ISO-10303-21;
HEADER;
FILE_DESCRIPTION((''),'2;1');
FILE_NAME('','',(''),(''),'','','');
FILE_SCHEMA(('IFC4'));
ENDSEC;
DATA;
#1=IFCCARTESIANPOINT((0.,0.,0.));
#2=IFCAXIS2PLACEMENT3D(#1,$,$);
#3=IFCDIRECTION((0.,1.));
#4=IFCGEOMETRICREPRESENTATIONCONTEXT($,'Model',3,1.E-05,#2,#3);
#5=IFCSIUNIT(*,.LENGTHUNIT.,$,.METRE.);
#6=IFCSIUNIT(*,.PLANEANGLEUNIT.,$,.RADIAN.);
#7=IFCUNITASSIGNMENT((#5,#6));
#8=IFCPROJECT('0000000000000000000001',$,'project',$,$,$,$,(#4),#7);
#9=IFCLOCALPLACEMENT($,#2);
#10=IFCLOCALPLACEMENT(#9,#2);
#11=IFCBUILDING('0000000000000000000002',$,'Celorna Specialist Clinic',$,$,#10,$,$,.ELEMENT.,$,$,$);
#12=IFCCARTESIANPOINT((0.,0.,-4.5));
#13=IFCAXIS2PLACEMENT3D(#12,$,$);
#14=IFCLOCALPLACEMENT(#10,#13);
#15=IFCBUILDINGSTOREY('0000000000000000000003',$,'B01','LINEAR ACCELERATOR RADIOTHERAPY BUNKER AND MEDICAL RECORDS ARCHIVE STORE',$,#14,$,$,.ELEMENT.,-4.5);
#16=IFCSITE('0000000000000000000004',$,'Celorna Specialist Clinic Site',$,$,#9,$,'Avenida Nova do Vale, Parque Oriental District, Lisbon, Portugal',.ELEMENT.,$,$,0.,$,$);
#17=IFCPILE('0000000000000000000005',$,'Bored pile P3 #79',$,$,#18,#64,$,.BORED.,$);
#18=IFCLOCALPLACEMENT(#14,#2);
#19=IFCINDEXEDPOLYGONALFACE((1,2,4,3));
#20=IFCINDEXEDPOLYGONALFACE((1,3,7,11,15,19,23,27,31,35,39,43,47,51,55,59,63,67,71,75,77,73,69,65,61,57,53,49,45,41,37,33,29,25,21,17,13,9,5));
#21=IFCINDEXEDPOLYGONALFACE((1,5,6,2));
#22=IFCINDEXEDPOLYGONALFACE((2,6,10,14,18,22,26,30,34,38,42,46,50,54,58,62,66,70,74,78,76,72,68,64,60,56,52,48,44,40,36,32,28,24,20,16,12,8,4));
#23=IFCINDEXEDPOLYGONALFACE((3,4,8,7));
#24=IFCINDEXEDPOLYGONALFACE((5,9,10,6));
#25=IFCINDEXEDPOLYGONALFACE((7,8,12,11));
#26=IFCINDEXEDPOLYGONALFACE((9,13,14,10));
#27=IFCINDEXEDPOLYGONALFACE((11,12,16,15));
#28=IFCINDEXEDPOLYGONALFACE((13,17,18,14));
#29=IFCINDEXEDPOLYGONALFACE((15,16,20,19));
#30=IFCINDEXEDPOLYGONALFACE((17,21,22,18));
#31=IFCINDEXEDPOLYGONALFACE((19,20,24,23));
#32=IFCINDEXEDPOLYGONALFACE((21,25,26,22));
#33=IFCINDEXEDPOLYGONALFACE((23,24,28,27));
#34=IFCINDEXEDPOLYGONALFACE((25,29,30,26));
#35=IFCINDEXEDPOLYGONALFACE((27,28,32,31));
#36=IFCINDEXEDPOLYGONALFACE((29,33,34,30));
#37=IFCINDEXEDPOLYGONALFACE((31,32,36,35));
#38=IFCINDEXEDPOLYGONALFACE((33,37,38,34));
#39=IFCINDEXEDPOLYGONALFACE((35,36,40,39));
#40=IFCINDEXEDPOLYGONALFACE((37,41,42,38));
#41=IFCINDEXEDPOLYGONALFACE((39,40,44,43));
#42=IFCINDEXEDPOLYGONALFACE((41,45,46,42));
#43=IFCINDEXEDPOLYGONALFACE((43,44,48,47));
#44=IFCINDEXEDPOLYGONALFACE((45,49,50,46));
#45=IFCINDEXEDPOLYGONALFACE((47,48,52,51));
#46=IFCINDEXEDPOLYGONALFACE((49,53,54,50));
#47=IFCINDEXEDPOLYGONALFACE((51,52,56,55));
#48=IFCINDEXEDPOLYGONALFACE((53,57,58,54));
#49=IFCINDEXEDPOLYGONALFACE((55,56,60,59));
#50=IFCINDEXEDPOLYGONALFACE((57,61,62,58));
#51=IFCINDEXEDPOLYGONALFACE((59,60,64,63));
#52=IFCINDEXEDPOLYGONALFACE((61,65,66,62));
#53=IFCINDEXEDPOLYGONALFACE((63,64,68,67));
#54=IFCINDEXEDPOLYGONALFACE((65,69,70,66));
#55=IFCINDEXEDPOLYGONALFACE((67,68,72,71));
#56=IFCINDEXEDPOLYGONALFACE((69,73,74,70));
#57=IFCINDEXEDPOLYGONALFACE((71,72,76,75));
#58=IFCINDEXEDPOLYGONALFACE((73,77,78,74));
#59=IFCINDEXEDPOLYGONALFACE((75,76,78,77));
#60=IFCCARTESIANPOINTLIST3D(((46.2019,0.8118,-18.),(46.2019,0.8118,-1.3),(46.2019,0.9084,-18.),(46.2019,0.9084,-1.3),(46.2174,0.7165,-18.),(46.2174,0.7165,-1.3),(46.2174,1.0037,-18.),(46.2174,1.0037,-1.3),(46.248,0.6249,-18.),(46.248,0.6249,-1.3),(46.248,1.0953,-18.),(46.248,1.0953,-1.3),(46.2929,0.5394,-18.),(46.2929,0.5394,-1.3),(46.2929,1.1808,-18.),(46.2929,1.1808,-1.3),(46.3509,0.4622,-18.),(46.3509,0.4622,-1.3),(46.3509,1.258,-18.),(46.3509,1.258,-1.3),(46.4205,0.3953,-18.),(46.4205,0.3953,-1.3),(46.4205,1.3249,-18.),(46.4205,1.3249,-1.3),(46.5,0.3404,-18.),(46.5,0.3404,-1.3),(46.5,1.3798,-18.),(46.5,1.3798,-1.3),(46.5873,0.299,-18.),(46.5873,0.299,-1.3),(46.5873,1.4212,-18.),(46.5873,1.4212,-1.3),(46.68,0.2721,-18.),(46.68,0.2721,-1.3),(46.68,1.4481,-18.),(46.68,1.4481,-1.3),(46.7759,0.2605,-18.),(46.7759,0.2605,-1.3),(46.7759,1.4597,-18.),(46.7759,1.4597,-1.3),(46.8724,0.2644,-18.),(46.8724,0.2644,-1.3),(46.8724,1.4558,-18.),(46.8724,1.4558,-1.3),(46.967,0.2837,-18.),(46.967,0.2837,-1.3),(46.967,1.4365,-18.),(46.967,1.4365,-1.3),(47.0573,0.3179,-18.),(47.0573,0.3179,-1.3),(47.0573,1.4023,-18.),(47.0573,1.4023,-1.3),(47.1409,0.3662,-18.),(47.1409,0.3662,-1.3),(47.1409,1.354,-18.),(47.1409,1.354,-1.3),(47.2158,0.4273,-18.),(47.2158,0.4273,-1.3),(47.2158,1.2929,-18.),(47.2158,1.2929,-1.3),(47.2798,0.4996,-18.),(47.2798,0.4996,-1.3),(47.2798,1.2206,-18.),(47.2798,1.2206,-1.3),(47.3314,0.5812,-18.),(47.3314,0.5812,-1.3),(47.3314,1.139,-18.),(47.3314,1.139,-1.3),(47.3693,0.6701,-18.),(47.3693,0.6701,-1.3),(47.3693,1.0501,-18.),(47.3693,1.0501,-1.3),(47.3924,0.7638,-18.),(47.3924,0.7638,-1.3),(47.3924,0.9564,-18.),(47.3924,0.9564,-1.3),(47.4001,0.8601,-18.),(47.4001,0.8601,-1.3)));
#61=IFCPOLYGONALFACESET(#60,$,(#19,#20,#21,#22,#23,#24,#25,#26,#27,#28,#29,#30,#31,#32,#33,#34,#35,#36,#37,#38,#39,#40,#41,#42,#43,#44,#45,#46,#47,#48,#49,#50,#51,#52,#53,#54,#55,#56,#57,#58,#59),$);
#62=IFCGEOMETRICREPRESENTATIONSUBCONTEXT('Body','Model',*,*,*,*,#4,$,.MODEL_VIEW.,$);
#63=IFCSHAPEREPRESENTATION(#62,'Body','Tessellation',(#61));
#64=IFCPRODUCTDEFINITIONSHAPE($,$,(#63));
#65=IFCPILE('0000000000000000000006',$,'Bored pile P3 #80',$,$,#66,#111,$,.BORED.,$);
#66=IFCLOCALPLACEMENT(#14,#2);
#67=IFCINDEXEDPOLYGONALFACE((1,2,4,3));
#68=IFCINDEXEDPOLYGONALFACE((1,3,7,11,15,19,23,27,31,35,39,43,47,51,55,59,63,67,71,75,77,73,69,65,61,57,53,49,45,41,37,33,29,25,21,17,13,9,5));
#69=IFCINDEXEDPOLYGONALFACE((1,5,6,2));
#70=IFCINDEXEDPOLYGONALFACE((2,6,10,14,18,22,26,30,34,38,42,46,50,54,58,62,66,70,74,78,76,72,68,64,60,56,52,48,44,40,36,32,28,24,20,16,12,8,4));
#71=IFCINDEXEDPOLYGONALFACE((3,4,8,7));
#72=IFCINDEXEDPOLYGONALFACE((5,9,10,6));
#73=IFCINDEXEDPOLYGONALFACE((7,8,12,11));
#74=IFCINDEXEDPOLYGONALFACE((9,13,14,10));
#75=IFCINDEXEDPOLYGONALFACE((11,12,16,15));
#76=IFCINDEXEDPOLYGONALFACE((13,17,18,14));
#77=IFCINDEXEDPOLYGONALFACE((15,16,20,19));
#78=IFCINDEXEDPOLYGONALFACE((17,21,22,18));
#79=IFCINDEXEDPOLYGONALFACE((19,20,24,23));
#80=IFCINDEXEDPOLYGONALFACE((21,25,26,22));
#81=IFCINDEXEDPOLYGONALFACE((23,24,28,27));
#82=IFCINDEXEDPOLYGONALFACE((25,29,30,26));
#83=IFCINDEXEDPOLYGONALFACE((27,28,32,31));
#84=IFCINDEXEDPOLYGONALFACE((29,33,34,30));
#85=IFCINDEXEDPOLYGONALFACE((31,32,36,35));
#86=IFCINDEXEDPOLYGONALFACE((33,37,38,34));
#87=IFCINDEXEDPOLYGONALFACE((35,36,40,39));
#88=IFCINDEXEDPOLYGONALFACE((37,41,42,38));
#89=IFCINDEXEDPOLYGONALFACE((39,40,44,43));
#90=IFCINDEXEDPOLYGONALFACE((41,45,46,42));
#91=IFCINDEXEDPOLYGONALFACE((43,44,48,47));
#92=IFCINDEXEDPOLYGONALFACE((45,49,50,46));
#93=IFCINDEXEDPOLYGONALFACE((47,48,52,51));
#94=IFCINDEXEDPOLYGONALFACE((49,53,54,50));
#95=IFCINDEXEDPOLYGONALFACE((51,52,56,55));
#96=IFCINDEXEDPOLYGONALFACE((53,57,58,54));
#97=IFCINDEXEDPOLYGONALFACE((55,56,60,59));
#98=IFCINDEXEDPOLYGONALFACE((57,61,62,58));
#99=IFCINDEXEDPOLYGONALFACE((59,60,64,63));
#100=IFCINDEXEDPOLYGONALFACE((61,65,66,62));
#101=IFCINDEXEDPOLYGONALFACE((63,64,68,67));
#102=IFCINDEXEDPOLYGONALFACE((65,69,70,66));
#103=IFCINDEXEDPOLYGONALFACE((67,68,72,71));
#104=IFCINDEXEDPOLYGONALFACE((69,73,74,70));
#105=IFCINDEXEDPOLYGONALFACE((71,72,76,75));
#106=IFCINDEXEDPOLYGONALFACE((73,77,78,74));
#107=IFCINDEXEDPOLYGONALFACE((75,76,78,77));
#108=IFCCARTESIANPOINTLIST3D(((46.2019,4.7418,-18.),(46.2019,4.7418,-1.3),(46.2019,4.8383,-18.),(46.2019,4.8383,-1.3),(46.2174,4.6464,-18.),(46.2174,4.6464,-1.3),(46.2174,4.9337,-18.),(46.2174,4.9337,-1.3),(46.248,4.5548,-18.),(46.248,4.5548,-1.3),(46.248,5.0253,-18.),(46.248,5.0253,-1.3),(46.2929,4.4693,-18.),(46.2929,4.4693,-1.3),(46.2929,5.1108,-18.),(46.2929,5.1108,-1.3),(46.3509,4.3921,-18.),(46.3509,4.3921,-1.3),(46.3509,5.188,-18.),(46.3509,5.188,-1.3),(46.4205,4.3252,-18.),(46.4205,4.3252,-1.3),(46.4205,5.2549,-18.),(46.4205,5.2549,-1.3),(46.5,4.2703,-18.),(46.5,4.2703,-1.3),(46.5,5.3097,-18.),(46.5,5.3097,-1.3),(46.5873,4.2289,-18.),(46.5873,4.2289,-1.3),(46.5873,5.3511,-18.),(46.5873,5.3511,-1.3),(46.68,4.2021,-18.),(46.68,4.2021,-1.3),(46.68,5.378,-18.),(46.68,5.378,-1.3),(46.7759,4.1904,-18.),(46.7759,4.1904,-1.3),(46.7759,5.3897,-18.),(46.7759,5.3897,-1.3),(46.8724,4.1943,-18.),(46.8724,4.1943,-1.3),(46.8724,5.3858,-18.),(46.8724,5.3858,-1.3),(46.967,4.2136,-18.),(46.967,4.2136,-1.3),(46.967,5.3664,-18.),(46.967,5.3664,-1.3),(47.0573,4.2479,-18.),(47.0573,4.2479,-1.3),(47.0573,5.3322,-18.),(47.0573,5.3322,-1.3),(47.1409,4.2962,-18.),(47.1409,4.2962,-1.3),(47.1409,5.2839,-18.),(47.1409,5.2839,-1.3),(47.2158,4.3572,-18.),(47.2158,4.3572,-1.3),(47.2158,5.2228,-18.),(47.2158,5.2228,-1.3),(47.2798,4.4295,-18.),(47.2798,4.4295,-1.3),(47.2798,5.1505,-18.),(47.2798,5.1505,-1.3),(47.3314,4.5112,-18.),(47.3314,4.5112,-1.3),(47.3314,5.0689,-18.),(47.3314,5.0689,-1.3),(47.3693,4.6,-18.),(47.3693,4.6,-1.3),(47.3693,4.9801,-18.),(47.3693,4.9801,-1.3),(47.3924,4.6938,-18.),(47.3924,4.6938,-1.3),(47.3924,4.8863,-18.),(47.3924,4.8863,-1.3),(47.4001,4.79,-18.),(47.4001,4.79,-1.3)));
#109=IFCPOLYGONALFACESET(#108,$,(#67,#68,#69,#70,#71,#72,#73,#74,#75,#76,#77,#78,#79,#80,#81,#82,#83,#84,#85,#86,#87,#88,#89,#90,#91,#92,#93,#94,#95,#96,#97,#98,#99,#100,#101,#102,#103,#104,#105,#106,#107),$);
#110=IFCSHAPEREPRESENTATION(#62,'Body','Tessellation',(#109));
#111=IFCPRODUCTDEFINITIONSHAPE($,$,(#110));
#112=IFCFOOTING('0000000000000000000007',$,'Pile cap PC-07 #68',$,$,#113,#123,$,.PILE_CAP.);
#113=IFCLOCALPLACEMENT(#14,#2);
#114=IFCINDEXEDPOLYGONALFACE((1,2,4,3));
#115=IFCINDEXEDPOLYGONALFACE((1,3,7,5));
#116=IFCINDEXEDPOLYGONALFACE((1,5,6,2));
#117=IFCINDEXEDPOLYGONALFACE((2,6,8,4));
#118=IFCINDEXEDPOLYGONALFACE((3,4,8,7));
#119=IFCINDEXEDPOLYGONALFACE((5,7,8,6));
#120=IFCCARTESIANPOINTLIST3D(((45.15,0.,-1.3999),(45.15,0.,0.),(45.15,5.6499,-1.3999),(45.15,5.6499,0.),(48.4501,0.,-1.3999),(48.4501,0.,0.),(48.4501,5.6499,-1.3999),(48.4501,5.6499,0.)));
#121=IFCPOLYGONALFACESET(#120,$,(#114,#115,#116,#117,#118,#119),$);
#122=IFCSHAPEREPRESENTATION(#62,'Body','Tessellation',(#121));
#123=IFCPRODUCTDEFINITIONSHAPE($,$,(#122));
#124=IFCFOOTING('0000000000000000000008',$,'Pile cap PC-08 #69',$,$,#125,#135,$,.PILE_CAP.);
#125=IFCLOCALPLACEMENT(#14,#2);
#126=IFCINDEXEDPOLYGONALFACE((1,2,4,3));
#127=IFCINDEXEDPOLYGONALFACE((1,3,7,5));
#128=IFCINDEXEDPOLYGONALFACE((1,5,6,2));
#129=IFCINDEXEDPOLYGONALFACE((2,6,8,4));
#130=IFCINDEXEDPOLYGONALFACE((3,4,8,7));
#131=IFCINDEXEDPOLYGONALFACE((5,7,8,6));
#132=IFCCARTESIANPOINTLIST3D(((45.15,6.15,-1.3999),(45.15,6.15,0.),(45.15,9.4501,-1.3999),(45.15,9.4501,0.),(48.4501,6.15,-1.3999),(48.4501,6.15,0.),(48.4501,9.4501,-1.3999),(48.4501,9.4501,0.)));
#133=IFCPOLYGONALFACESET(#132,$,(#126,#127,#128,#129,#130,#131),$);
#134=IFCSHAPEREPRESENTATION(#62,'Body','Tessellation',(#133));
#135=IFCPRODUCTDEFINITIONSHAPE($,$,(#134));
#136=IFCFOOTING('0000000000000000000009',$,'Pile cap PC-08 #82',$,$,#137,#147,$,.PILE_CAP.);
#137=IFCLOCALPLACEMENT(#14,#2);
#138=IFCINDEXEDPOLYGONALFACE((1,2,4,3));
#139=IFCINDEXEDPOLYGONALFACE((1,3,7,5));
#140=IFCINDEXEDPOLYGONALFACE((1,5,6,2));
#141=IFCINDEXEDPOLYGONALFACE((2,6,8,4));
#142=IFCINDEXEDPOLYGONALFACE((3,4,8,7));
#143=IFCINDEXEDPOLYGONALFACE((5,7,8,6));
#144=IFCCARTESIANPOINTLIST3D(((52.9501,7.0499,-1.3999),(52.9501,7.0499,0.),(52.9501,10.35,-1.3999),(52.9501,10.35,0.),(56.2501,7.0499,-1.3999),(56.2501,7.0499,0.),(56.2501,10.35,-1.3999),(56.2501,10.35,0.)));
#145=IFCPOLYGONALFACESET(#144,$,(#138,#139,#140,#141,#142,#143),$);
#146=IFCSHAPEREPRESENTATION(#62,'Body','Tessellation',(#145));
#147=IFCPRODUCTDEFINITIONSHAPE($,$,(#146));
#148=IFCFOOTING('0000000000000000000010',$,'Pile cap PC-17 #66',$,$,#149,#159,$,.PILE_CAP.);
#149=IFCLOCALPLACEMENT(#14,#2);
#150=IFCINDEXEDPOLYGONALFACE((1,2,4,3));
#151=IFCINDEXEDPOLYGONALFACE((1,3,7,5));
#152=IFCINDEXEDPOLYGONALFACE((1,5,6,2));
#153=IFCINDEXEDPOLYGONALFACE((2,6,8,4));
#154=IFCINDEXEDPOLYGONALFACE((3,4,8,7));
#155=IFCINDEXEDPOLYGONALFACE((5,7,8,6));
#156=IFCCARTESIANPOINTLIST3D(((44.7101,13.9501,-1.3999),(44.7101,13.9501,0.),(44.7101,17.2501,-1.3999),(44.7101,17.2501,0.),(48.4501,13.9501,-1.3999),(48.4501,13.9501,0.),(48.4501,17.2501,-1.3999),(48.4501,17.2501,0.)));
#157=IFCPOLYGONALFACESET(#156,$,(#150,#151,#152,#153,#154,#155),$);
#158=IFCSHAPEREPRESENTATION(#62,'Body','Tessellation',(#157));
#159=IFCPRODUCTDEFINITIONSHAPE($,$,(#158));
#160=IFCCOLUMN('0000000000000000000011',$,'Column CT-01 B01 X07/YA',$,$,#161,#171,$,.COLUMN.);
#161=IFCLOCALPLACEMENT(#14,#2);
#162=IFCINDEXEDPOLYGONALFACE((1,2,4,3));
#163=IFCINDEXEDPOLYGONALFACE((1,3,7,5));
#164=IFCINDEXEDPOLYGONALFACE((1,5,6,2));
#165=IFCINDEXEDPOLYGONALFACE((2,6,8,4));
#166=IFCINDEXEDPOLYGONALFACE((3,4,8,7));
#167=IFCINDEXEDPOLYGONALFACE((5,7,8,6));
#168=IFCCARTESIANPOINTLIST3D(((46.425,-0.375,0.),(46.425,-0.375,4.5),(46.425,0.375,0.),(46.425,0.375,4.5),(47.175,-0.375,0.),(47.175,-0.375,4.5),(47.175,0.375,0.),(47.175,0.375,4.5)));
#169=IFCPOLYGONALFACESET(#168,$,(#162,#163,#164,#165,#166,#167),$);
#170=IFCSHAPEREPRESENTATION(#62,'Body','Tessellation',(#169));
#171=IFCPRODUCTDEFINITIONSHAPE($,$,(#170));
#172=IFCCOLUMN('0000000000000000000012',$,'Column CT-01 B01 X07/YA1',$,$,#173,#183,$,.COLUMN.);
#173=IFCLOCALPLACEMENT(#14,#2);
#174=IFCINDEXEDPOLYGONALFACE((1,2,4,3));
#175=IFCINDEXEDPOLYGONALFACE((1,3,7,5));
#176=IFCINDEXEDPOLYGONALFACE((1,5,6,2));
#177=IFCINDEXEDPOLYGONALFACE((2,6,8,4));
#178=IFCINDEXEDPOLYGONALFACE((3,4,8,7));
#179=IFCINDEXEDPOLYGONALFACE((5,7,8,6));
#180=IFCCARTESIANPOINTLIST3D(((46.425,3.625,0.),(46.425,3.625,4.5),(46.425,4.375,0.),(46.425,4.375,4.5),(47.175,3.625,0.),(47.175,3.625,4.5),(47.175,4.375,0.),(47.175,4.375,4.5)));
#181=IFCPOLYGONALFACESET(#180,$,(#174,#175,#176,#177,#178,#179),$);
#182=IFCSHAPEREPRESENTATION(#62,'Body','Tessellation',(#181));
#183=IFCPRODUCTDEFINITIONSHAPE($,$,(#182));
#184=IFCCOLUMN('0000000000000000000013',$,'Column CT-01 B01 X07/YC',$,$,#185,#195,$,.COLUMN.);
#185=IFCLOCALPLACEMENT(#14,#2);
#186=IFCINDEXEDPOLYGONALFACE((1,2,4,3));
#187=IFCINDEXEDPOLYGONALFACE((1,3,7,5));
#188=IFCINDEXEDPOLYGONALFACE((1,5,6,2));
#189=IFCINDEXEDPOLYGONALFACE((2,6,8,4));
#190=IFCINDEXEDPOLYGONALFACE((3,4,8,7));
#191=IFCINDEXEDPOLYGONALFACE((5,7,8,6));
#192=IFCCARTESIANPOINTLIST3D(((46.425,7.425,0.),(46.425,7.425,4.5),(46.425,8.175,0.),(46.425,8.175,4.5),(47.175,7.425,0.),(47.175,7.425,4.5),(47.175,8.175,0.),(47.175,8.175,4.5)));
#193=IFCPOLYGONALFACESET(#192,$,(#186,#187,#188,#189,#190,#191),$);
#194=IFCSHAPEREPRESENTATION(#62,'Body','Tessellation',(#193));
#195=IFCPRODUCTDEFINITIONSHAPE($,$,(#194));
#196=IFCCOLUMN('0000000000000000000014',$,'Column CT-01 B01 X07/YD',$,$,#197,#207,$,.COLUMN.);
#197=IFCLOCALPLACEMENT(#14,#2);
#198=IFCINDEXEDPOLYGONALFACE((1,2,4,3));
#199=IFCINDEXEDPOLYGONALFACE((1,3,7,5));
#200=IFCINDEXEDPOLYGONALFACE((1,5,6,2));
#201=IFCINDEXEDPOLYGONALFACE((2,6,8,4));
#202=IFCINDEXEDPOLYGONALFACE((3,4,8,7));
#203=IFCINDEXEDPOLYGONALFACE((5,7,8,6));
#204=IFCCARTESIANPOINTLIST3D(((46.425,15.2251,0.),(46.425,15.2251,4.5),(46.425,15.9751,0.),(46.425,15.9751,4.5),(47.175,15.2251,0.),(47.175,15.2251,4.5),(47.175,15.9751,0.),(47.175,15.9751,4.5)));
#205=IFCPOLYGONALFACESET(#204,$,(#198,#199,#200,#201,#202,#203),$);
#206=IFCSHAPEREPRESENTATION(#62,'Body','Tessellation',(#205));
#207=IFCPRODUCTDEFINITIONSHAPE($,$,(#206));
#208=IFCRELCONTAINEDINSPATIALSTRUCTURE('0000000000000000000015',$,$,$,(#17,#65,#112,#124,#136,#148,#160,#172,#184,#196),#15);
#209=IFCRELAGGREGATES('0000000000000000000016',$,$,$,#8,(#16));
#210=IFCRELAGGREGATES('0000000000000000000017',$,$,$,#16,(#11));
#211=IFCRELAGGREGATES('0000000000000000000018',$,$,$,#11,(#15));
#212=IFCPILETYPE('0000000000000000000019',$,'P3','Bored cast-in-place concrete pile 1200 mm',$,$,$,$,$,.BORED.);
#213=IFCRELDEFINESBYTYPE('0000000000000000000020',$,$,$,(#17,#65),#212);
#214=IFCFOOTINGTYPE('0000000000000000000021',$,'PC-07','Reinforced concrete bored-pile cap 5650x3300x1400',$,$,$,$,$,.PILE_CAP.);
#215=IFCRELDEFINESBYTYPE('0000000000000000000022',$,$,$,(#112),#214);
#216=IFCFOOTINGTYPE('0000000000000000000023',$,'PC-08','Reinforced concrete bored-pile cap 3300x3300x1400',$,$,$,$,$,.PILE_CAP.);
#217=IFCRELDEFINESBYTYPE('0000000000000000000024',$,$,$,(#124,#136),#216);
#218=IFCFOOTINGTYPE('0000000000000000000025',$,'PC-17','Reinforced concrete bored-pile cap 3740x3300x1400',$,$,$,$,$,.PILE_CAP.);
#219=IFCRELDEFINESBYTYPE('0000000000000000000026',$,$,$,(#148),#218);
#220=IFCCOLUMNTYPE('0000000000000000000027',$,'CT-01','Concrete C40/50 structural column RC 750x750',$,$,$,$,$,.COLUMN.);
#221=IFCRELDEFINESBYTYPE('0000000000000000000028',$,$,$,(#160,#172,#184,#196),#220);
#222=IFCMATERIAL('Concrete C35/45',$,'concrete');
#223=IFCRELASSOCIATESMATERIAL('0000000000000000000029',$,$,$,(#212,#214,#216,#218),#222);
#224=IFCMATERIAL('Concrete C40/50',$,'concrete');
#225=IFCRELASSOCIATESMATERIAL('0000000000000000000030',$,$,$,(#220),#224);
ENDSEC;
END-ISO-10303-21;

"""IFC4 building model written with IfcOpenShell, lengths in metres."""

from ifc_helpers import new_model, si_unit, direction, frame, origin, origin_2d, place, context, subcontext, project, spatial, rectangle, circle, extrude, material, material_profile, profile_set, type_object, element, save


model = new_model("IFC4")

# Units and contexts
model_context = context("Model", 3, precision=1e-05, world=origin(), true_north=direction((0.0, 1.0)))
body_context = subcontext(model_context, "Body", "Model", "MODEL_VIEW")
ifc_project = project(units=[si_unit("LENGTHUNIT", "METRE"), si_unit("PLANEANGLEUNIT", "RADIAN")], contexts=[model_context])

# Site, building, storey
site_placement = place(None, origin())
site = spatial("IfcSite", under=ifc_project, at=site_placement, Name="Celorna Specialist Clinic Site", LongName="Avenida Nova do Vale, Parque Oriental District, Lisbon, Portugal", CompositionType="ELEMENT", RefElevation=0.0)
building_placement = place(site_placement, origin())
building = spatial("IfcBuilding", under=site, at=building_placement, Name="Celorna Specialist Clinic", CompositionType="ELEMENT")
storey_placement = place(building_placement, frame((0.0, 0.0, -4.5)))
storey = spatial("IfcBuildingStorey", under=building, at=storey_placement, Name="B01", Description="LINEAR ACCELERATOR RADIOTHERAPY BUNKER AND MEDICAL RECORDS ARCHIVE STORE", CompositionType="ELEMENT", Elevation=-4.5)

# Shared definitions
ifc_material_1 = material(Name="Concrete C35/45", Category="concrete")

# Piles
ifc_material_profile_1 = material_profile(ifc_material_1, circle(Radius=0.6001, at=origin_2d()), Name="BORED PILE 1200")
ifc_profile_set_1 = profile_set([ifc_material_profile_1], Name="Concrete C35/45")
pile_type_1 = type_object("IfcPileType", Name="P3", Description="Bored cast-in-place concrete pile 1200 mm", PredefinedType="BORED", material=ifc_profile_set_1)
for number, where, z_axis, x_axis, name in (
    (1, (46.8, 0.8601, -1.3), (0.0, 0.0, -1.0), (1.0, 0.0, 0.0), "Bored pile P3 #79"),
    (2, (46.8, 4.79, -1.3), (0.0, 0.0, -1.0), (1.0, 0.0, 0.0), "Bored pile P3 #80"),
):
    element("IfcPile", number, at=place(storey_placement, frame(where, z_axis=z_axis, x_axis=x_axis)), inside=storey, type_object=pile_type_1, Name=name, PredefinedType="BORED", context=body_context, shape_type="SweptSolid", body=[
        extrude(circle(Radius=0.6001, at=origin_2d()), origin(), (0.0, 0.0, 1.0), 16.7),
    ])

# Footings
footing_type_1 = type_object("IfcFootingType", Name="PC-07", Description="Reinforced concrete bored-pile cap 5650x3300x1400", PredefinedType="PILE_CAP", material=ifc_material_1)
footing_1_placement = place(storey_placement, frame((46.8, 2.825, -1.3999), z_axis=(0.0, 0.0, 1.0), x_axis=(1.0, 0.0, 0.0)))
element("IfcFooting", 3, at=footing_1_placement, inside=storey, type_object=footing_type_1, Name="Pile cap PC-07 #68", PredefinedType="PILE_CAP", context=body_context, shape_type="SweptSolid", body=[
    extrude(rectangle(XDim=3.3, YDim=5.6499, at=origin_2d()), origin(), (0.0, 0.0, 1.0), 1.3999),
])
footing_type_2 = type_object("IfcFootingType", Name="PC-08", Description="Reinforced concrete bored-pile cap 3300x3300x1400", PredefinedType="PILE_CAP", material=ifc_material_1)
for number, where, z_axis, x_axis, name in (
    (4, (46.8, 7.8, -1.3999), (0.0, 0.0, 1.0), (1.0, 0.0, 0.0), "Pile cap PC-08 #69"),
    (5, (54.6001, 8.7, -1.3999), (0.0, 0.0, 1.0), (1.0, 0.0, 0.0), "Pile cap PC-08 #82"),
):
    element("IfcFooting", number, at=place(storey_placement, frame(where, z_axis=z_axis, x_axis=x_axis)), inside=storey, type_object=footing_type_2, Name=name, PredefinedType="PILE_CAP", context=body_context, shape_type="SweptSolid", body=[
        extrude(rectangle(XDim=3.3, YDim=3.3, at=origin_2d()), origin(), (0.0, 0.0, 1.0), 1.3999),
    ])
footing_type_3 = type_object("IfcFootingType", Name="PC-17", Description="Reinforced concrete bored-pile cap 3740x3300x1400", PredefinedType="PILE_CAP", material=ifc_material_1)
footing_2_placement = place(storey_placement, frame((46.5801, 15.6001, -1.3999), z_axis=(0.0, 0.0, 1.0), x_axis=(1.0, 0.0, 0.0)))
element("IfcFooting", 6, at=footing_2_placement, inside=storey, type_object=footing_type_3, Name="Pile cap PC-17 #66", PredefinedType="PILE_CAP", context=body_context, shape_type="SweptSolid", body=[
    extrude(rectangle(XDim=3.74, YDim=3.3, at=origin_2d()), origin(), (0.0, 0.0, 1.0), 1.3999),
])

# Columns
ifc_material_2 = material(Name="Concrete C40/50", Category="concrete")
ifc_material_profile_2 = material_profile(ifc_material_2, rectangle(XDim=0.75, YDim=0.75, at=origin_2d()), Name="RC 750x750")
ifc_profile_set_2 = profile_set([ifc_material_profile_2], Name="Concrete C40/50")
column_type = type_object("IfcColumnType", Name="CT-01", Description="Concrete C40/50 structural column RC 750x750", PredefinedType="COLUMN", material=ifc_profile_set_2)
for number, where, z_axis, x_axis, name in (
    (7, (46.8, 0.0, 0.0), (0.0, 0.0, 1.0), (1.0, 0.0, 0.0), "Column CT-01 B01 X07/YA"),
    (8, (46.8, 4.0, 0.0), (0.0, 0.0, 1.0), (1.0, 0.0, 0.0), "Column CT-01 B01 X07/YA1"),
    (9, (46.8, 7.8, 0.0), (0.0, 0.0, 1.0), (1.0, 0.0, 0.0), "Column CT-01 B01 X07/YC"),
    (10, (46.8, 15.6001, 0.0), (0.0, 0.0, 1.0), (1.0, 0.0, 0.0), "Column CT-01 B01 X07/YD"),
):
    element("IfcColumn", number, at=place(storey_placement, frame(where, z_axis=z_axis, x_axis=x_axis)), inside=storey, type_object=column_type, Name=name, PredefinedType="COLUMN", context=body_context, shape_type="SweptSolid", body=[
        extrude(rectangle(XDim=0.75, YDim=0.75, at=origin_2d()), origin(), (0.0, 0.0, 1.0), 4.5),
    ])

save(model, "model.ifc")
